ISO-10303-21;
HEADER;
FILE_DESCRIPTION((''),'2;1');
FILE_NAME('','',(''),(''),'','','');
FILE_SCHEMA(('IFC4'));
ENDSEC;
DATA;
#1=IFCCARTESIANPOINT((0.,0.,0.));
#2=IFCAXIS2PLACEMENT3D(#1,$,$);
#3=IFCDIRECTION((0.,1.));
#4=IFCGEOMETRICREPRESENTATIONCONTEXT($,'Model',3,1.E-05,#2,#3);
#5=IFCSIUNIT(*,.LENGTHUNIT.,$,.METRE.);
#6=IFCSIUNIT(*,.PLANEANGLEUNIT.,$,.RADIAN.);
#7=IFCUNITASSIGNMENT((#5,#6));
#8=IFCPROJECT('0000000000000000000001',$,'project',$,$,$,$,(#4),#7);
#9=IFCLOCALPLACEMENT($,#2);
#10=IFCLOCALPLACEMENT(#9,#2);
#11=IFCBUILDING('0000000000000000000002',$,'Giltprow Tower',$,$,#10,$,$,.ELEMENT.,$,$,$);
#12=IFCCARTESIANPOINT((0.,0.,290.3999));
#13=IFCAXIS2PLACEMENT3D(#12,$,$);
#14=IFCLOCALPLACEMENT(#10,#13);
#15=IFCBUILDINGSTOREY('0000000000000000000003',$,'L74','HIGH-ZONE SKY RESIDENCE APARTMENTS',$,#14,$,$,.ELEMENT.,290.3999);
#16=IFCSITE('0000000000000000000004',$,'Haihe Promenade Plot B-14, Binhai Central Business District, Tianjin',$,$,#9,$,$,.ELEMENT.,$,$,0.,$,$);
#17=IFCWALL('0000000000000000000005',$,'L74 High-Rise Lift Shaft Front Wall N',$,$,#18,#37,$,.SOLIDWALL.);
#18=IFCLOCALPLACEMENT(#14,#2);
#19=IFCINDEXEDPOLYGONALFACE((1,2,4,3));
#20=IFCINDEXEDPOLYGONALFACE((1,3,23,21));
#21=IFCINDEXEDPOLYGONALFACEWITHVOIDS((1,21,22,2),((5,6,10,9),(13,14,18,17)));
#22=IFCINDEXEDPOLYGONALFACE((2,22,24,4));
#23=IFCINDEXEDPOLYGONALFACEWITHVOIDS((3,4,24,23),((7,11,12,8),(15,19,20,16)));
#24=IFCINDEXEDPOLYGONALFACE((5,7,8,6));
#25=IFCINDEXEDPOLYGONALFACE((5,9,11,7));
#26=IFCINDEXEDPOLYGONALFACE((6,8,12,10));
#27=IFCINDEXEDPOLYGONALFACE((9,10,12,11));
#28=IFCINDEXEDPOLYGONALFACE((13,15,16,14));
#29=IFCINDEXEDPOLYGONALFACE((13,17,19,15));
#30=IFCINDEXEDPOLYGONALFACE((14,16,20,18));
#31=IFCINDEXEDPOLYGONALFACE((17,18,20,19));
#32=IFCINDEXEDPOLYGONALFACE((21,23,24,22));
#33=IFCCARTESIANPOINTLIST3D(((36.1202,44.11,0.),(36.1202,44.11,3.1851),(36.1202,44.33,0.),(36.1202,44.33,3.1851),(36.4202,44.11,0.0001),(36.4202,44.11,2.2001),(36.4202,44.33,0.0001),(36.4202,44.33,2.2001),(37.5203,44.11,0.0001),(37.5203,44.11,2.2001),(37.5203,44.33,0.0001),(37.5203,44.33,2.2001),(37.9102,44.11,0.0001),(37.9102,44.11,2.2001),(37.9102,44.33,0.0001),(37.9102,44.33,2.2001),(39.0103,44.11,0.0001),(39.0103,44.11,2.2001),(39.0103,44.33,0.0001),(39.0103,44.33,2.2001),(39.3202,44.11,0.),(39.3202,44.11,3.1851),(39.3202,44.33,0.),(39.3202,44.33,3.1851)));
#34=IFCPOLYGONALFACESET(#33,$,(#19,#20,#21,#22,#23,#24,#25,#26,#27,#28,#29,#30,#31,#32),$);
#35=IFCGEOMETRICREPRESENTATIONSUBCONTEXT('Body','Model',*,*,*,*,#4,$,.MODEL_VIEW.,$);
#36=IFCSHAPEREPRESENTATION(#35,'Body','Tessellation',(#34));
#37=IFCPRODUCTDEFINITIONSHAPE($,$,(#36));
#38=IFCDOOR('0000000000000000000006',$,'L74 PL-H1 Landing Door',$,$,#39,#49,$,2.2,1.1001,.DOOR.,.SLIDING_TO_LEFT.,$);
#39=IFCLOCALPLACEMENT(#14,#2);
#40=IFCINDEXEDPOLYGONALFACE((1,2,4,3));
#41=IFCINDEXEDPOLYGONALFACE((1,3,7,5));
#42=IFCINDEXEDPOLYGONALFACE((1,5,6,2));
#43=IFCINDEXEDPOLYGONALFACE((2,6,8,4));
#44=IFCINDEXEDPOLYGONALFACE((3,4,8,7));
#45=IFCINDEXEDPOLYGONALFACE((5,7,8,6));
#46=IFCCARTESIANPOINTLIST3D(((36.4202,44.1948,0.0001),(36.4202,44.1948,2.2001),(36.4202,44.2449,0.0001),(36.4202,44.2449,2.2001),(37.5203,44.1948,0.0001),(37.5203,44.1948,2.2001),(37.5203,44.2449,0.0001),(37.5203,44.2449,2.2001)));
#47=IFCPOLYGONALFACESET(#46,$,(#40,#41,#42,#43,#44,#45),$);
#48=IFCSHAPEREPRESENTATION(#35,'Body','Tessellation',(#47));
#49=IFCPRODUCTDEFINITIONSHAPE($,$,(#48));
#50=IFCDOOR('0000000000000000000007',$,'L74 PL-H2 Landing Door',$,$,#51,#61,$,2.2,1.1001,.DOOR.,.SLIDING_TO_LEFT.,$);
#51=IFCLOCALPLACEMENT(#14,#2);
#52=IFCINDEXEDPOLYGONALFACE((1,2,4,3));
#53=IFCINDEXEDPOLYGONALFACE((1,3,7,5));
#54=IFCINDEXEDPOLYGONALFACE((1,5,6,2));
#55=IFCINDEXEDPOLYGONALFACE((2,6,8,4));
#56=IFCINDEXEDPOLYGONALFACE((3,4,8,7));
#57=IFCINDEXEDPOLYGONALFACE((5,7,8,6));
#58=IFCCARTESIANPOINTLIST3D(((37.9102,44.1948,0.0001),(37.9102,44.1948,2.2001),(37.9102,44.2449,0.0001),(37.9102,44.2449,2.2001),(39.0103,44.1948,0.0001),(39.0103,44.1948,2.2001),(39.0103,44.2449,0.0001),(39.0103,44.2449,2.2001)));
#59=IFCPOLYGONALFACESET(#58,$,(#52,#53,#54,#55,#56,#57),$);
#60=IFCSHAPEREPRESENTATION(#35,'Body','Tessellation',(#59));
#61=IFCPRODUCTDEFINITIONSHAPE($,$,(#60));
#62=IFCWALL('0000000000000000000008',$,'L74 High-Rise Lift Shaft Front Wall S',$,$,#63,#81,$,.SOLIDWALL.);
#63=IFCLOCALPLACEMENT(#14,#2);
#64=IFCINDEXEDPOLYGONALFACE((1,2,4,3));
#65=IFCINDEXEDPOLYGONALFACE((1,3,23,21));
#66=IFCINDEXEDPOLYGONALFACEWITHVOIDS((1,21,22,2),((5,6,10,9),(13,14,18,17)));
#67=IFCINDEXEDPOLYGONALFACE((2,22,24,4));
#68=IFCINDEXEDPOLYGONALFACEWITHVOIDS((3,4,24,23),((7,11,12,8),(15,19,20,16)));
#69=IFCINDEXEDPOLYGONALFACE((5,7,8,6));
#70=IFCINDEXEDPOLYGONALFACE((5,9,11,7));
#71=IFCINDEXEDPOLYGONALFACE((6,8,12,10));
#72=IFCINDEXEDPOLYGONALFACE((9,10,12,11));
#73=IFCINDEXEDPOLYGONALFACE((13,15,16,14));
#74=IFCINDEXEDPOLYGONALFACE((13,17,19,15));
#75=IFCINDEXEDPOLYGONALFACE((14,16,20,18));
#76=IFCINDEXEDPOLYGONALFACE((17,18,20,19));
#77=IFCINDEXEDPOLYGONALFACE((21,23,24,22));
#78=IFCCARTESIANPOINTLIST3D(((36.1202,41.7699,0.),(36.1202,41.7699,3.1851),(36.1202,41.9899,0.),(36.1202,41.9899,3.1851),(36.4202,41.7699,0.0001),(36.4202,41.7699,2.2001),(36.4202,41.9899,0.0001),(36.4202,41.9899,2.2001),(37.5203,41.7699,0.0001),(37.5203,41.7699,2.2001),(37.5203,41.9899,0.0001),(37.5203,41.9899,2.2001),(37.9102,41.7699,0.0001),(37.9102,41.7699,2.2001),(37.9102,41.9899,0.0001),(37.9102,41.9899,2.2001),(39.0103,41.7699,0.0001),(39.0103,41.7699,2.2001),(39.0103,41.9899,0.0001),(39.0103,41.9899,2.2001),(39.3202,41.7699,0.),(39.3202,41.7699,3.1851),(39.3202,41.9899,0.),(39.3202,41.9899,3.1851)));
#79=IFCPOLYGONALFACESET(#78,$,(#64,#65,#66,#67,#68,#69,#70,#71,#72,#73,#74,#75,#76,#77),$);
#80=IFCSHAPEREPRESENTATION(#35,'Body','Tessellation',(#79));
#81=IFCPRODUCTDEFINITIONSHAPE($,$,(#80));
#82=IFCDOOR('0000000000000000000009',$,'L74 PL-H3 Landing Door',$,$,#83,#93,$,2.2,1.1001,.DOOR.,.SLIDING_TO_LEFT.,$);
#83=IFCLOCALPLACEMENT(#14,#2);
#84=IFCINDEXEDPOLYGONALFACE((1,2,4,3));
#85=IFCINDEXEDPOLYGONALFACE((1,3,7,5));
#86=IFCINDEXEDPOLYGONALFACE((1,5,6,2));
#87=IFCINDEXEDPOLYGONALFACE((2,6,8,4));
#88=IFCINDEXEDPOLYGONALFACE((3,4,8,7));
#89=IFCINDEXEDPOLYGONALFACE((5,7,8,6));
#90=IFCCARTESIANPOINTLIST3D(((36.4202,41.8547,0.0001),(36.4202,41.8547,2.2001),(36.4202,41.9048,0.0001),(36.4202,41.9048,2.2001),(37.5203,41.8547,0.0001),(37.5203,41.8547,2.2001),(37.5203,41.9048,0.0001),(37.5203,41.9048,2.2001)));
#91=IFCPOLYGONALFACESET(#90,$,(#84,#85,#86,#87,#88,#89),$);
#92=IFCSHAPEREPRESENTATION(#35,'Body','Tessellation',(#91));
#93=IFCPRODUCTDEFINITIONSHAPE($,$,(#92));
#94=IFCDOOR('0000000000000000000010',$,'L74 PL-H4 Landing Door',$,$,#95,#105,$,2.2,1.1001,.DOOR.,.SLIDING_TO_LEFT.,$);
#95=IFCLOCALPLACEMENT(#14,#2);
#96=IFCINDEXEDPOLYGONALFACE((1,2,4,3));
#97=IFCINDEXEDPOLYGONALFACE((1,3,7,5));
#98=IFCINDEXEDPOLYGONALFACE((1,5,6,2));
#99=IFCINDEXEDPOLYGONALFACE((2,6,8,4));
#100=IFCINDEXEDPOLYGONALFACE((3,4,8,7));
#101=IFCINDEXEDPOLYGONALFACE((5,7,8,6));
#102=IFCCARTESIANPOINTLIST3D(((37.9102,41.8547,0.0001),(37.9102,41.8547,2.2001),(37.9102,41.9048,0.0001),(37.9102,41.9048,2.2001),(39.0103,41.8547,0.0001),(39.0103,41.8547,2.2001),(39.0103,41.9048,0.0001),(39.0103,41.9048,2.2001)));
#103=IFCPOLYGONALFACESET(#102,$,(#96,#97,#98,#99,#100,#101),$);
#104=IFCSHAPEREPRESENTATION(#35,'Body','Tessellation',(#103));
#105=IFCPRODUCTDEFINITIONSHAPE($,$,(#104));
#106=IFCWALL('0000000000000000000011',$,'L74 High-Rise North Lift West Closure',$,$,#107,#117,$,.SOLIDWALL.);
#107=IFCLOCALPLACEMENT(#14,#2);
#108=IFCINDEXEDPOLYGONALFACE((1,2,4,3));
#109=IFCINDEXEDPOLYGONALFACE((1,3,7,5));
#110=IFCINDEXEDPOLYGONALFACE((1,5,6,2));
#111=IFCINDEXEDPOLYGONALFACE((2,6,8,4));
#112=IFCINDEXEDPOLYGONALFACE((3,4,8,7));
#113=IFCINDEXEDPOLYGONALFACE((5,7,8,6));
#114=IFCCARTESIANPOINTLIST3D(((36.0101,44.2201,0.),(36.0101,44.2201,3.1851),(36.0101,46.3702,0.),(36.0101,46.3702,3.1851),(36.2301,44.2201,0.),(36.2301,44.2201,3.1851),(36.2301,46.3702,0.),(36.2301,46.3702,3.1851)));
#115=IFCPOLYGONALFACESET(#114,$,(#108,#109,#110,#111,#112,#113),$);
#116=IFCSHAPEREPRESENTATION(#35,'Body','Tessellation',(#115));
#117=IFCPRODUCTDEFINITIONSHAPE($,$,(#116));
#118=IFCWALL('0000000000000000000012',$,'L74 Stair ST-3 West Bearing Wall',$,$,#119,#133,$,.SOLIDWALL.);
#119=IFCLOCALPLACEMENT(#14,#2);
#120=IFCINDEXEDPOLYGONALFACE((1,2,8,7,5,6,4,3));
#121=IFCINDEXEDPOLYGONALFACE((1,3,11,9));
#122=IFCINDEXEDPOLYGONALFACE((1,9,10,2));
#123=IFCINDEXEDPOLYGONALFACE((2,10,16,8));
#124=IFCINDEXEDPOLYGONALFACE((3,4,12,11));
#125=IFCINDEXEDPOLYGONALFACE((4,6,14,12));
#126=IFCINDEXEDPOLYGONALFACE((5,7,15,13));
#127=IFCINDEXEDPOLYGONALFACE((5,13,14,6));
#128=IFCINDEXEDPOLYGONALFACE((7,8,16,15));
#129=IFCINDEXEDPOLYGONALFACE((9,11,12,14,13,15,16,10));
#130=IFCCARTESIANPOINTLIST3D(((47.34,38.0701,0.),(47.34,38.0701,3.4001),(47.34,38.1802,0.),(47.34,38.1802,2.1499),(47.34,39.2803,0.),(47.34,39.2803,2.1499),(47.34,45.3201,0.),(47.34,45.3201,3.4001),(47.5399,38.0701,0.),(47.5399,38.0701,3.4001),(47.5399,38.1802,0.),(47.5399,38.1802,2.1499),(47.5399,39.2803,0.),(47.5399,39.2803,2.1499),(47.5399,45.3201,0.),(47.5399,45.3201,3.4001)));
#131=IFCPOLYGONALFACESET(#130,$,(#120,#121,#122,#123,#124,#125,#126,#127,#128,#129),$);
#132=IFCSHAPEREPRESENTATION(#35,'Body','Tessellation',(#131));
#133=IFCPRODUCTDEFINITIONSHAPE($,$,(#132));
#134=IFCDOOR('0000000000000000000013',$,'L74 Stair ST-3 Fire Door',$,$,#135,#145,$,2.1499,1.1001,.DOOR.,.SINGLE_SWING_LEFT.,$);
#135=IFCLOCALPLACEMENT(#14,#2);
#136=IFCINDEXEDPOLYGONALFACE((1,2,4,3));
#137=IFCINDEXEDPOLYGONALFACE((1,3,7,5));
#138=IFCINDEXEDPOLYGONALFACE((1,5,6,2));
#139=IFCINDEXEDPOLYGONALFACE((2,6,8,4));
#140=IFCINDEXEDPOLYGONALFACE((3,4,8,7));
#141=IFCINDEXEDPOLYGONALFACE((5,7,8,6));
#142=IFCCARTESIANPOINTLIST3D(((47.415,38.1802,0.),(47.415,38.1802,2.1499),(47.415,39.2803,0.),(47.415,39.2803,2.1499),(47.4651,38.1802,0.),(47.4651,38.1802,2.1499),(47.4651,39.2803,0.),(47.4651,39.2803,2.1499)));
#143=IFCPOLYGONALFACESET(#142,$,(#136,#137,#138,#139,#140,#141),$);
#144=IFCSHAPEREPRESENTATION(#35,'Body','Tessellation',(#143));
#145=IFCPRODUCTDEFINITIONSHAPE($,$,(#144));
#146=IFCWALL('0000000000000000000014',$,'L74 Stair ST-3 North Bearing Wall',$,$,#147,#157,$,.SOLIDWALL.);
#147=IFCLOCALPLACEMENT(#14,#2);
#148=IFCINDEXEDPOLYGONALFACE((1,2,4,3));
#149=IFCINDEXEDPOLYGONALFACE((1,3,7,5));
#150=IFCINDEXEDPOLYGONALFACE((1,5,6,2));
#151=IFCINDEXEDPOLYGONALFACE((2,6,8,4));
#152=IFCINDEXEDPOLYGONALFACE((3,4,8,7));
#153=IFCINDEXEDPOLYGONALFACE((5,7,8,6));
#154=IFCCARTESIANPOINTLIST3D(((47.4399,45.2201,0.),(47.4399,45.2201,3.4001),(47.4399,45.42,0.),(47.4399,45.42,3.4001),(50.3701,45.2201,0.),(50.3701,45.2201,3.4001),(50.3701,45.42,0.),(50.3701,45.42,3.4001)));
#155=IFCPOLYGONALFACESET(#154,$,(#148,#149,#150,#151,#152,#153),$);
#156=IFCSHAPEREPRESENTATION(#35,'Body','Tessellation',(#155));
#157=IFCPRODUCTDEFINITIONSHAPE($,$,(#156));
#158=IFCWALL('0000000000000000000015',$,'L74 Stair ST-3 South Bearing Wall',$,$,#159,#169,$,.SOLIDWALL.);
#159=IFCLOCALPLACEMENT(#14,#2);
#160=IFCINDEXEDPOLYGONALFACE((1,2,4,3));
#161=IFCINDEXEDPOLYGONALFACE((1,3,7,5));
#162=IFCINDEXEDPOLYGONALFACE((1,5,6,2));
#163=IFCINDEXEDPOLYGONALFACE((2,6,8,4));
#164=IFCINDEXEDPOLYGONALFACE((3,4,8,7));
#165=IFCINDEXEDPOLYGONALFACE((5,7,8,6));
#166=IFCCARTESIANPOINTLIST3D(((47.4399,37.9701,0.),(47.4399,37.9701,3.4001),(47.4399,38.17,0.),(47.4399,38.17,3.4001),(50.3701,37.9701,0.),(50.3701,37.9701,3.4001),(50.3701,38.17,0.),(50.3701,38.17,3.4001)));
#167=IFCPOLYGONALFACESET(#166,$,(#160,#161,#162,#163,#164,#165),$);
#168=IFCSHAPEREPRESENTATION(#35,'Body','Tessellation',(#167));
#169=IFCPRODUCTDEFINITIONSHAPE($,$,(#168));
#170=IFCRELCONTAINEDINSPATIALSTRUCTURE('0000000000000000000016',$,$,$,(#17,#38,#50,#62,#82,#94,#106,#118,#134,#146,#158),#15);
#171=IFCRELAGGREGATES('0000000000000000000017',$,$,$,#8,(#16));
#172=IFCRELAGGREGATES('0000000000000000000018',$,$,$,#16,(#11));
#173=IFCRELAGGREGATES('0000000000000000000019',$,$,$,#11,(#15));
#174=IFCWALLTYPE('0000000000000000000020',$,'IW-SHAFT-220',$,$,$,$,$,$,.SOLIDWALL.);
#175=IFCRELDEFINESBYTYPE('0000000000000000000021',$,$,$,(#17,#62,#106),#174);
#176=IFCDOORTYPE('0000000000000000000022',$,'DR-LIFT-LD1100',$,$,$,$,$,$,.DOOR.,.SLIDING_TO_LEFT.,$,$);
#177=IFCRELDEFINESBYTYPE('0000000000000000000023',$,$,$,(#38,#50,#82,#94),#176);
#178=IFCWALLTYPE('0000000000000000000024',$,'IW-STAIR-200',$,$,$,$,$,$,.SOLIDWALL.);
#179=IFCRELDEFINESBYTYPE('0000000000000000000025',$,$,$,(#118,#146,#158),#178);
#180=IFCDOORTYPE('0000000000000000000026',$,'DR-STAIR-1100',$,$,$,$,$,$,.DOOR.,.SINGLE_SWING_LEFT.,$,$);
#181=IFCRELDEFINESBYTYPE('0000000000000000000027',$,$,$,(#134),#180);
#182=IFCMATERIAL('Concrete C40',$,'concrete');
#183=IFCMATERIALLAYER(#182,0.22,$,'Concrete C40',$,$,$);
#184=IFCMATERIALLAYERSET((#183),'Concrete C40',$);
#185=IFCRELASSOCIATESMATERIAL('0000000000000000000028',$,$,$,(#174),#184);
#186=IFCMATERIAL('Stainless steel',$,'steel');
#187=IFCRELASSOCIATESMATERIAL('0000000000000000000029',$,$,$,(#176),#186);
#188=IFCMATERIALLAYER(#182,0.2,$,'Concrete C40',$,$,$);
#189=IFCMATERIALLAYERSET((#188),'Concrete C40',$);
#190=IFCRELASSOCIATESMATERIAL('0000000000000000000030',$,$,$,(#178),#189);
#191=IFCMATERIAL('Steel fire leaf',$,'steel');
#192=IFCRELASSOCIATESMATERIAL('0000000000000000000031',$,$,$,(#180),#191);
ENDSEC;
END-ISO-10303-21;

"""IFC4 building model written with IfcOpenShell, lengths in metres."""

from ifc_helpers import new_model, si_unit, direction, frame, frame_2d, origin, place, context, subcontext, project, spatial, rectangle, extrude, source, transform, mapped, material, layer, layer_set, type_object, element, fill, save


model = new_model("IFC4")

# Units and contexts
model_context = context("Model", 3, precision=1e-05, world=origin(), true_north=direction((0.0, 1.0)))
body_context = subcontext(model_context, "Body", "Model", "MODEL_VIEW")
ifc_project = project(units=[si_unit("LENGTHUNIT", "METRE"), si_unit("PLANEANGLEUNIT", "RADIAN")], contexts=[model_context])

# Site, building, storey
site_placement = place(None, origin())
site = spatial("IfcSite", under=ifc_project, at=site_placement, Name="Haihe Promenade Plot B-14, Binhai Central Business District, Tianjin", CompositionType="ELEMENT", RefElevation=0.0)
building_placement = place(site_placement, origin())
building = spatial("IfcBuilding", under=site, at=building_placement, Name="Giltprow Tower", CompositionType="ELEMENT")
storey_placement = place(building_placement, frame((0.0, 0.0, 290.3999)))
storey = spatial("IfcBuildingStorey", under=building, at=storey_placement, Name="L74", Description="HIGH-ZONE SKY RESIDENCE APARTMENTS", CompositionType="ELEMENT", Elevation=290.3999)

# Shared definitions
ifc_material_1 = material(Name="Concrete C40", Category="concrete")
ifc_layer_1 = layer(ifc_material_1, 0.22, Name="Concrete C40")
ifc_layer_set_1 = layer_set([ifc_layer_1], Name="Concrete C40")
wall_type_1 = type_object("IfcWallType", Name="IW-SHAFT-220", PredefinedType="SOLIDWALL", material=ifc_layer_set_1)
ifc_material_2 = material(Name="Stainless steel", Category="steel")
door_type_1 = type_object("IfcDoorType", Name="DR-LIFT-LD1100", OperationType="SLIDING_TO_LEFT", PredefinedType="DOOR", material=ifc_material_2)
shared_shape_1 = source(origin(), body_context, "Body", "SweptSolid", [
    extrude(rectangle(XDim=1.1001, YDim=2.2, at=frame_2d((0.55, 1.1001))), frame((0.0, 0.0249, 0.0), z_axis=(0.0, -1.0, 0.0), x_axis=(1.0, 0.0, 0.0)), (0.0, 0.0, 1.0), 0.05),
])

# Walls, openings, doors
wall_1_placement = place(storey_placement, frame((36.1201, 44.22, 0.0), z_axis=(0.0, 0.0, 1.0), x_axis=(1.0, 0.0, 0.0)))
wall_1 = element("IfcWall", 1, at=wall_1_placement, inside=storey, type_object=wall_type_1, Name="L74 High-Rise Lift Shaft Front Wall N", PredefinedType="SOLIDWALL", context=body_context, shape_type="SweptSolid", body=[
    extrude(rectangle(XDim=3.2, YDim=0.22, at=frame_2d((1.6001, 0.0))), origin(), (0.0, 0.0, 1.0), 3.1851),
])
opening_1_placement = place(wall_1_placement, frame((0.3, 0.0, 0.0)))
opening_1 = element("IfcOpeningElement", 2, at=opening_1_placement, cuts=wall_1, PredefinedType="OPENING", context=body_context, shape_type="SweptSolid", body=[
    extrude(rectangle(XDim=1.1001, YDim=2.2, at=frame_2d((0.55, 1.1001))), frame((0.0, 0.1199, 0.0), z_axis=(0.0, -1.0, 0.0), x_axis=(1.0, 0.0, 0.0)), (0.0, 0.0, 1.0), 0.24),
])
opening_2_placement = place(wall_1_placement, frame((1.79, 0.0, 0.0)))
opening_2 = element("IfcOpeningElement", 3, at=opening_2_placement, cuts=wall_1, PredefinedType="OPENING", context=body_context, shape_type="SweptSolid", body=[
    extrude(rectangle(XDim=1.1001, YDim=2.2, at=frame_2d((0.55, 1.1001))), frame((0.0, 0.1199, 0.0), z_axis=(0.0, -1.0, 0.0), x_axis=(1.0, 0.0, 0.0)), (0.0, 0.0, 1.0), 0.24),
])
door_1_placement = place(opening_1_placement, origin())
door_1 = element("IfcDoor", 4, at=door_1_placement, inside=storey, type_object=door_type_1, Name="L74 PL-H1 Landing Door", OperationType="SLIDING_TO_LEFT", OverallHeight=2.2, OverallWidth=1.1001, PredefinedType="DOOR", context=body_context, shape_type="MappedRepresentation", body=[
    mapped(shared_shape_1, transform((0.0, 0.0, 0.0), x_axis=(1.0, 0.0, 0.0), y_axis=(0.0, 1.0, 0.0), z_axis=(0.0, 0.0, 1.0), scale=1.0)),
])
fill(opening_1, door_1)
door_2_placement = place(opening_2_placement, origin())
door_2 = element("IfcDoor", 5, at=door_2_placement, inside=storey, type_object=door_type_1, Name="L74 PL-H2 Landing Door", OperationType="SLIDING_TO_LEFT", OverallHeight=2.2, OverallWidth=1.1001, PredefinedType="DOOR", context=body_context, shape_type="MappedRepresentation", body=[
    mapped(shared_shape_1, transform((0.0, 0.0, 0.0), x_axis=(1.0, 0.0, 0.0), y_axis=(0.0, 1.0, 0.0), z_axis=(0.0, 0.0, 1.0), scale=1.0)),
])
fill(opening_2, door_2)
wall_2_placement = place(storey_placement, frame((36.1201, 41.8799, 0.0), z_axis=(0.0, 0.0, 1.0), x_axis=(1.0, 0.0, 0.0)))
wall_2 = element("IfcWall", 6, at=wall_2_placement, inside=storey, type_object=wall_type_1, Name="L74 High-Rise Lift Shaft Front Wall S", PredefinedType="SOLIDWALL", context=body_context, shape_type="SweptSolid", body=[
    extrude(rectangle(XDim=3.2, YDim=0.22, at=frame_2d((1.6001, 0.0))), origin(), (0.0, 0.0, 1.0), 3.1851),
])
opening_3_placement = place(wall_2_placement, frame((0.3, 0.0, 0.0)))
opening_3 = element("IfcOpeningElement", 7, at=opening_3_placement, cuts=wall_2, PredefinedType="OPENING", context=body_context, shape_type="SweptSolid", body=[
    extrude(rectangle(XDim=1.1001, YDim=2.2, at=frame_2d((0.55, 1.1001))), frame((0.0, 0.1199, 0.0), z_axis=(0.0, -1.0, 0.0), x_axis=(1.0, 0.0, 0.0)), (0.0, 0.0, 1.0), 0.24),
])
opening_4_placement = place(wall_2_placement, frame((1.79, 0.0, 0.0)))
opening_4 = element("IfcOpeningElement", 8, at=opening_4_placement, cuts=wall_2, PredefinedType="OPENING", context=body_context, shape_type="SweptSolid", body=[
    extrude(rectangle(XDim=1.1001, YDim=2.2, at=frame_2d((0.55, 1.1001))), frame((0.0, 0.1199, 0.0), z_axis=(0.0, -1.0, 0.0), x_axis=(1.0, 0.0, 0.0)), (0.0, 0.0, 1.0), 0.24),
])
door_3_placement = place(opening_3_placement, origin())
door_3 = element("IfcDoor", 9, at=door_3_placement, inside=storey, type_object=door_type_1, Name="L74 PL-H3 Landing Door", OperationType="SLIDING_TO_LEFT", OverallHeight=2.2, OverallWidth=1.1001, PredefinedType="DOOR", context=body_context, shape_type="MappedRepresentation", body=[
    mapped(shared_shape_1, transform((0.0, 0.0, 0.0), x_axis=(1.0, 0.0, 0.0), y_axis=(0.0, 1.0, 0.0), z_axis=(0.0, 0.0, 1.0), scale=1.0)),
])
fill(opening_3, door_3)
door_4_placement = place(opening_4_placement, origin())
door_4 = element("IfcDoor", 10, at=door_4_placement, inside=storey, type_object=door_type_1, Name="L74 PL-H4 Landing Door", OperationType="SLIDING_TO_LEFT", OverallHeight=2.2, OverallWidth=1.1001, PredefinedType="DOOR", context=body_context, shape_type="MappedRepresentation", body=[
    mapped(shared_shape_1, transform((0.0, 0.0, 0.0), x_axis=(1.0, 0.0, 0.0), y_axis=(0.0, 1.0, 0.0), z_axis=(0.0, 0.0, 1.0), scale=1.0)),
])
fill(opening_4, door_4)

# Wall
wall_3_placement = place(storey_placement, frame((36.1201, 44.22, 0.0), z_axis=(0.0, 0.0, 1.0), x_axis=(0.0, 1.0, 0.0)))
element("IfcWall", 11, at=wall_3_placement, inside=storey, type_object=wall_type_1, Name="L74 High-Rise North Lift West Closure", PredefinedType="SOLIDWALL", context=body_context, shape_type="SweptSolid", body=[
    extrude(rectangle(XDim=2.1501, YDim=0.22, at=frame_2d((1.0752, 0.0))), origin(), (0.0, 0.0, 1.0), 3.1851),
])

# Wall, opening, door
ifc_layer_2 = layer(ifc_material_1, 0.2, Name="Concrete C40")
ifc_layer_set_2 = layer_set([ifc_layer_2], Name="Concrete C40")
wall_type_2 = type_object("IfcWallType", Name="IW-STAIR-200", PredefinedType="SOLIDWALL", material=ifc_layer_set_2)
wall_4_placement = place(storey_placement, frame((47.4399, 38.0701, 0.0), z_axis=(0.0, 0.0, 1.0), x_axis=(0.0, 1.0, 0.0)))
wall_4 = element("IfcWall", 12, at=wall_4_placement, inside=storey, type_object=wall_type_2, Name="L74 Stair ST-3 West Bearing Wall", PredefinedType="SOLIDWALL", context=body_context, shape_type="SweptSolid", body=[
    extrude(rectangle(XDim=7.25, YDim=0.2, at=frame_2d((3.625, 0.0))), origin(), (0.0, 0.0, 1.0), 3.4001),
])
opening_5_placement = place(wall_4_placement, frame((0.1101, 0.0, 0.0)))
opening_5 = element("IfcOpeningElement", 13, at=opening_5_placement, cuts=wall_4, PredefinedType="OPENING", context=body_context, shape_type="SweptSolid", body=[
    extrude(rectangle(XDim=1.1001, YDim=2.1499, at=frame_2d((0.55, 1.075))), frame((0.0, 0.1099, 0.0), z_axis=(0.0, -1.0, 0.0), x_axis=(1.0, 0.0, 0.0)), (0.0, 0.0, 1.0), 0.22),
])
ifc_material_3 = material(Name="Steel fire leaf", Category="steel")
door_type_2 = type_object("IfcDoorType", Name="DR-STAIR-1100", OperationType="SINGLE_SWING_LEFT", PredefinedType="DOOR", material=ifc_material_3)
shared_shape_2 = source(origin(), body_context, "Body", "SweptSolid", [
    extrude(rectangle(XDim=1.1001, YDim=2.1499, at=frame_2d((0.55, 1.075))), frame((0.0, 0.0249, 0.0), z_axis=(0.0, -1.0, 0.0), x_axis=(1.0, 0.0, 0.0)), (0.0, 0.0, 1.0), 0.05),
])
door_5_placement = place(opening_5_placement, origin())
door_5 = element("IfcDoor", 14, at=door_5_placement, inside=storey, type_object=door_type_2, Name="L74 Stair ST-3 Fire Door", OperationType="SINGLE_SWING_LEFT", OverallHeight=2.1499, OverallWidth=1.1001, PredefinedType="DOOR", context=body_context, shape_type="MappedRepresentation", body=[
    mapped(shared_shape_2, transform((0.0, 0.0, 0.0), x_axis=(1.0, 0.0, 0.0), y_axis=(0.0, 1.0, 0.0), z_axis=(0.0, 0.0, 1.0), scale=1.0)),
])
fill(opening_5, door_5)

# Walls
for number, where, z_axis, x_axis, name in (
    (15, (47.4399, 45.3201, 0.0), (0.0, 0.0, 1.0), (1.0, 0.0, 0.0), "L74 Stair ST-3 North Bearing Wall"),
    (16, (47.4399, 38.0701, 0.0), (0.0, 0.0, 1.0), (1.0, 0.0, 0.0), "L74 Stair ST-3 South Bearing Wall"),
):
    element("IfcWall", number, at=place(storey_placement, frame(where, z_axis=z_axis, x_axis=x_axis)), inside=storey, type_object=wall_type_2, Name=name, PredefinedType="SOLIDWALL", context=body_context, shape_type="SweptSolid", body=[
        extrude(rectangle(XDim=2.9302, YDim=0.2, at=frame_2d((1.4651, 0.0))), origin(), (0.0, 0.0, 1.0), 3.4001),
    ])

save(model, "model.ifc")
